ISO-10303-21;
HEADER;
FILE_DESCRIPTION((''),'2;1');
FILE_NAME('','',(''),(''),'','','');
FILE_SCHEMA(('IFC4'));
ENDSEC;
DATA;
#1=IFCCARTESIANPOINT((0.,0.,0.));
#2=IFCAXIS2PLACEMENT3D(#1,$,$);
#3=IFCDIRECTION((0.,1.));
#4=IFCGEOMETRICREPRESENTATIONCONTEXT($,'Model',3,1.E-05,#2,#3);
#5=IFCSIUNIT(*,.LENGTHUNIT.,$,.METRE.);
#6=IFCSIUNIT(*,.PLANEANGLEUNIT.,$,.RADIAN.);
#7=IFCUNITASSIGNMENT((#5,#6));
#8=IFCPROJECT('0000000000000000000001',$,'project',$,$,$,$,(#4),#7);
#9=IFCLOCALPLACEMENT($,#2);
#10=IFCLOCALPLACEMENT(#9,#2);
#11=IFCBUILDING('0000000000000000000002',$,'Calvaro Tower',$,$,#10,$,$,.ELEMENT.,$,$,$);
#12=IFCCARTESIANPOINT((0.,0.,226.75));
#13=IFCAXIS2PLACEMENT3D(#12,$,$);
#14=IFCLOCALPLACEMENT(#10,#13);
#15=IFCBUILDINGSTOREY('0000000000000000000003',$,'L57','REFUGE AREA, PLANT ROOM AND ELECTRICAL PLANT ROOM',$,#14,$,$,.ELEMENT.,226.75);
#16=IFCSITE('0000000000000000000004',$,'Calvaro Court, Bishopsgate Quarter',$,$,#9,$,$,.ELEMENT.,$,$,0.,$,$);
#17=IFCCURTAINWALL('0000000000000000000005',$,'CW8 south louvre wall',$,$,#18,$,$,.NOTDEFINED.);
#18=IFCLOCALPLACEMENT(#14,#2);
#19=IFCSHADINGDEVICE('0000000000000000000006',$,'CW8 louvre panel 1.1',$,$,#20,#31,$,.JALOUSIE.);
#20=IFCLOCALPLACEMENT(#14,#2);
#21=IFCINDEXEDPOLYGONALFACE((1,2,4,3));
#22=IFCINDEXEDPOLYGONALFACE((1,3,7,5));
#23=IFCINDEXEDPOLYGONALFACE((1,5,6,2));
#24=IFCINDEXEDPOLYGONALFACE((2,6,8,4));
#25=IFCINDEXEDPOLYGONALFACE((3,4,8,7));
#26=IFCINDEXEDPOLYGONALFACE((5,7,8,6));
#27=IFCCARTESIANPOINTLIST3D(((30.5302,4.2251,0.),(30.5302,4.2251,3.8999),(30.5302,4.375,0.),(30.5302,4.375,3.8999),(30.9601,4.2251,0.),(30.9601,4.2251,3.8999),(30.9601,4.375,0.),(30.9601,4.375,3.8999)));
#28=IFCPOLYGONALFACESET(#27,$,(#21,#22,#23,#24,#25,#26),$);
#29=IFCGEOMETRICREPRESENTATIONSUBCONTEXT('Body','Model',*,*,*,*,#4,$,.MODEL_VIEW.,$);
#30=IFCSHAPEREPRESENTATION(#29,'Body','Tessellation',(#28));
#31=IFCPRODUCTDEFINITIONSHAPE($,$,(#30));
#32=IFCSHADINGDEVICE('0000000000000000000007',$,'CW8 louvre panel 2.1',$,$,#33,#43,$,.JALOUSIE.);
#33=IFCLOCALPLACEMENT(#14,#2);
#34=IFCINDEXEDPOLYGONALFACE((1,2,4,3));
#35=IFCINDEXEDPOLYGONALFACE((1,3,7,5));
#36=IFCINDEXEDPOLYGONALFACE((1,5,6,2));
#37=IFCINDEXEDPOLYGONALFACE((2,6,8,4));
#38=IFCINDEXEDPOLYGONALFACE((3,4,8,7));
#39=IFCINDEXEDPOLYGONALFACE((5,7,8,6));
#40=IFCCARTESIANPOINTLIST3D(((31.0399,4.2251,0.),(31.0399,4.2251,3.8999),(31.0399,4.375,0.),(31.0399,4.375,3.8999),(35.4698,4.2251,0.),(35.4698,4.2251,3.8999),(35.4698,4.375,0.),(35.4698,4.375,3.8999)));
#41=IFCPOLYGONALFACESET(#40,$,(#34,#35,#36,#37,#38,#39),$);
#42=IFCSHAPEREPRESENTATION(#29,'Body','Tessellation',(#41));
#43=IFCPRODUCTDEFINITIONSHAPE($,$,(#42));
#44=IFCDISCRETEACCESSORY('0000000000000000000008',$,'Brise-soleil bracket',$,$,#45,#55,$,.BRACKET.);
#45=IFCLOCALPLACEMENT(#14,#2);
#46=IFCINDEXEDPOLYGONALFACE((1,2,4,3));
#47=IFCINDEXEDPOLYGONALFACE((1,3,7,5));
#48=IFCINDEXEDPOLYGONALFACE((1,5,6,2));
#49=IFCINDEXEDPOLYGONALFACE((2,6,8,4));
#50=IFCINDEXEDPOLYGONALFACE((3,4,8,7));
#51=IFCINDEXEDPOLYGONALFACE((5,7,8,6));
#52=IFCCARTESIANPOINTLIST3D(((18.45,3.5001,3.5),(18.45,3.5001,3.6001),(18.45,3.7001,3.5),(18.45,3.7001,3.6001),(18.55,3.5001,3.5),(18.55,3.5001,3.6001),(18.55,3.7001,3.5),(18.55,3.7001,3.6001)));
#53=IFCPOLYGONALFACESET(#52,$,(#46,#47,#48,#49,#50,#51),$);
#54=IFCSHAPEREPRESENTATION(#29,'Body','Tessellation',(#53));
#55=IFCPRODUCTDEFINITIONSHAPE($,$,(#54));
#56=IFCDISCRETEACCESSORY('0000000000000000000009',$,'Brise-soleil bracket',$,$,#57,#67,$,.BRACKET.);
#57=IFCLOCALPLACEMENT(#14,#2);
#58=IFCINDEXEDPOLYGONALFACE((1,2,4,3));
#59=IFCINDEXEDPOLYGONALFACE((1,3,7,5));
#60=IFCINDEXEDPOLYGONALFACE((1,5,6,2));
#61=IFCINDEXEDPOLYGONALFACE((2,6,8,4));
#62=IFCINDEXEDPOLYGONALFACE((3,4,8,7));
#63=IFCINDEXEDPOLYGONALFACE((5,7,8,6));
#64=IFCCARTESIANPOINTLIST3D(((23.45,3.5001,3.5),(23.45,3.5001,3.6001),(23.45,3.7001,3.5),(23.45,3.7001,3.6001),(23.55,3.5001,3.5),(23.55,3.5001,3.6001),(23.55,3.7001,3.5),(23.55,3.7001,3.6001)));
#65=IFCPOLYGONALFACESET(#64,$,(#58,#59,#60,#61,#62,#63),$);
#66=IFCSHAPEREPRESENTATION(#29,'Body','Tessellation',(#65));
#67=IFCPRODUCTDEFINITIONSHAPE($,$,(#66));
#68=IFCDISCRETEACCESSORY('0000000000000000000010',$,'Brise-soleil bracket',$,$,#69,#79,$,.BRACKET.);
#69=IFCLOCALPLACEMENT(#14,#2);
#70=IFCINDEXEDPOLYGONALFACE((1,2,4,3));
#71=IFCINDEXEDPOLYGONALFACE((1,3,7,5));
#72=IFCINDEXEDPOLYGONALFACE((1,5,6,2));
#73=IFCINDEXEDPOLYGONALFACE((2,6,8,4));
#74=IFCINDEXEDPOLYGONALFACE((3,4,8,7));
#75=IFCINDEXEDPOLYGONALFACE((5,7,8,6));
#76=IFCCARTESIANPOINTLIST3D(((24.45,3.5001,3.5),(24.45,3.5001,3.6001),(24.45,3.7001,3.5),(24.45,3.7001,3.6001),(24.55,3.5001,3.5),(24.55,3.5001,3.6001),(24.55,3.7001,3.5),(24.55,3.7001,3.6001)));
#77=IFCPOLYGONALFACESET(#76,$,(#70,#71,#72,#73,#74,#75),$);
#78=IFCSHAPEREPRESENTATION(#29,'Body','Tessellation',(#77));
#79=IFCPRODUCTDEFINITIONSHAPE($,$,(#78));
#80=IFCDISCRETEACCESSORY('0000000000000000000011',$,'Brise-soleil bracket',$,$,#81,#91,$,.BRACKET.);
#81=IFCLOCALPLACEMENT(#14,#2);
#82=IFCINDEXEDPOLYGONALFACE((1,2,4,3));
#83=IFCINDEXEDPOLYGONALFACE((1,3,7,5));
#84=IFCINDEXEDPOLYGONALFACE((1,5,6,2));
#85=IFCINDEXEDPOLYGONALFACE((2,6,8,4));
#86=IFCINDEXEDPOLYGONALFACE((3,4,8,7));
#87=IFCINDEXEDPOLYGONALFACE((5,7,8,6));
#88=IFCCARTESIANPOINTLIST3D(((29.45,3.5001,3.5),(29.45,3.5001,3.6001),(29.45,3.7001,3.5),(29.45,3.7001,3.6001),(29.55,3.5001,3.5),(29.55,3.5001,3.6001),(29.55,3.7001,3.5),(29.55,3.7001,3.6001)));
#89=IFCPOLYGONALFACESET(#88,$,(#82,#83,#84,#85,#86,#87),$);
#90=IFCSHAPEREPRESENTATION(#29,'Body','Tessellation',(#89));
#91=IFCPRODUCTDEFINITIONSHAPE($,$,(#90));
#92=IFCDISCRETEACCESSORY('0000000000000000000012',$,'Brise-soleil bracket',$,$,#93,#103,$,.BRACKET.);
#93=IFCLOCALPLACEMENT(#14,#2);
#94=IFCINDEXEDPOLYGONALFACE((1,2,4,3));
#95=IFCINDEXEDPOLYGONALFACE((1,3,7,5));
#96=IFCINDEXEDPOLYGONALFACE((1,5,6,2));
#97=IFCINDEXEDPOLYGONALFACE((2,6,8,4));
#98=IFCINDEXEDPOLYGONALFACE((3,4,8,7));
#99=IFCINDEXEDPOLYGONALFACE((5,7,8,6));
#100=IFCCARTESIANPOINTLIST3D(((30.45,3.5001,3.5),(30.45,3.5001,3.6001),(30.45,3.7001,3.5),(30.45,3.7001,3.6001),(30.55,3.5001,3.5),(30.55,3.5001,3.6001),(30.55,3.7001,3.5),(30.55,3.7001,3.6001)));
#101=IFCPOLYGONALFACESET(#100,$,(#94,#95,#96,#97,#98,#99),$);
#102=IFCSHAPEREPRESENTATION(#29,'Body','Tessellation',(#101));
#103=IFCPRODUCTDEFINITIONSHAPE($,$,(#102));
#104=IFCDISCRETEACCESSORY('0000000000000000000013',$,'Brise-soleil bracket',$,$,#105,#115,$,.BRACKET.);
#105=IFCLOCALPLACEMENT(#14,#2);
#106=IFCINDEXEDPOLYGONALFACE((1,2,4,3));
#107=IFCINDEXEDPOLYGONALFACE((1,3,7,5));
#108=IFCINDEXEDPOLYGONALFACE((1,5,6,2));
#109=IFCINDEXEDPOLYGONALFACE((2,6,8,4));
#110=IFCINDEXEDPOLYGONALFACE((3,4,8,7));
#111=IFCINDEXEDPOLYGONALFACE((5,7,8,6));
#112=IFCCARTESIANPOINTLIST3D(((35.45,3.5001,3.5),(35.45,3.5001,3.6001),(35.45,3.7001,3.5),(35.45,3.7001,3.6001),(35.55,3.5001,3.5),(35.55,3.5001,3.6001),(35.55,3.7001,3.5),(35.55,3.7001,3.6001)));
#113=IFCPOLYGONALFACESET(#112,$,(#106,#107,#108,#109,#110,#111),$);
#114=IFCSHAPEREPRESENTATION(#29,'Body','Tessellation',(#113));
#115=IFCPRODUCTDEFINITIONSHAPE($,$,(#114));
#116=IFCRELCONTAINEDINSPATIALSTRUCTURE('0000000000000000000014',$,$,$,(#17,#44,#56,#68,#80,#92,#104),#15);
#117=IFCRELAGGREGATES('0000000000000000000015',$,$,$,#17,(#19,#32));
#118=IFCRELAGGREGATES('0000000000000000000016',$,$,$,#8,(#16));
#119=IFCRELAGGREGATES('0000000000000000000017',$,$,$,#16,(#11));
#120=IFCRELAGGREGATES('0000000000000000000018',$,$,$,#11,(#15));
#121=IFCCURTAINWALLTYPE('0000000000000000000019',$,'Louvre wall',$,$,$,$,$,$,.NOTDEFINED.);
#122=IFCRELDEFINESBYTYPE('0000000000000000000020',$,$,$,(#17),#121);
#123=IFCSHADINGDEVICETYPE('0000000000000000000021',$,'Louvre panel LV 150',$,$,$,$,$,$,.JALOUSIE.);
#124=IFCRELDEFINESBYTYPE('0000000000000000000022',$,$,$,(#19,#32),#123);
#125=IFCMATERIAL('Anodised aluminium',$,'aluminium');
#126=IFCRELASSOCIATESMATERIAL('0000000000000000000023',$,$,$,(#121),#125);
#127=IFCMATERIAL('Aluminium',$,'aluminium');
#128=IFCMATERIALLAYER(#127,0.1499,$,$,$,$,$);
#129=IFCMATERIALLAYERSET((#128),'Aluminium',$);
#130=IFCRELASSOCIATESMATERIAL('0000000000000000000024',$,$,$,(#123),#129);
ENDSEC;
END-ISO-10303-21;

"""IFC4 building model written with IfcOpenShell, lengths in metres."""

from ifc_helpers import new_model, si_unit, direction, frame, origin, origin_2d, place, context, subcontext, project, spatial, rectangle, extrude, material, layer, layer_set, type_object, element, aggregate, save


model = new_model("IFC4")

# Units and contexts
model_context = context("Model", 3, precision=1e-05, world=origin(), true_north=direction((0.0, 1.0)))
body_context = subcontext(model_context, "Body", "Model", "MODEL_VIEW")
ifc_project = project(units=[si_unit("LENGTHUNIT", "METRE"), si_unit("PLANEANGLEUNIT", "RADIAN")], contexts=[model_context])

# Site, building, storey
site_placement = place(None, origin())
site = spatial("IfcSite", under=ifc_project, at=site_placement, Name="Calvaro Court, Bishopsgate Quarter", CompositionType="ELEMENT", RefElevation=0.0)
building_placement = place(site_placement, origin())
building = spatial("IfcBuilding", under=site, at=building_placement, Name="Calvaro Tower", CompositionType="ELEMENT")
storey_placement = place(building_placement, frame((0.0, 0.0, 226.75)))
storey = spatial("IfcBuildingStorey", under=building, at=storey_placement, Name="L57", Description="REFUGE AREA, PLANT ROOM AND ELECTRICAL PLANT ROOM", CompositionType="ELEMENT", Elevation=226.75)

# Curtain wall
ifc_material_1 = material(Name="Anodised aluminium", Category="aluminium")
curtain_wall_type = type_object("IfcCurtainWallType", Name="Louvre wall", PredefinedType="NOTDEFINED", material=ifc_material_1)
curtain_wall_1_placement = place(storey_placement, origin())
curtain_wall_1 = element("IfcCurtainWall", 1, at=curtain_wall_1_placement, inside=storey, type_object=curtain_wall_type, Name="CW8 south louvre wall", PredefinedType="NOTDEFINED")

# Shading devices
ifc_material_2 = material(Name="Aluminium", Category="aluminium")
ifc_layer = layer(ifc_material_2, 0.1499)
ifc_layer_set = layer_set([ifc_layer], Name="Aluminium")
shading_device_type_1 = type_object("IfcShadingDeviceType", Name="Louvre panel LV 150", PredefinedType="JALOUSIE", material=ifc_layer_set)
shading_device_1_placement = place(storey_placement, frame((30.7451, 4.3, 0.0), z_axis=(0.0, 0.0, 1.0), x_axis=(1.0, 0.0, 0.0)))
shading_device_1 = element("IfcShadingDevice", 2, at=shading_device_1_placement, type_object=shading_device_type_1, Name="CW8 louvre panel 1.1", PredefinedType="JALOUSIE", context=body_context, shape_type="SweptSolid", body=[
    extrude(rectangle(XDim=0.4299, YDim=0.1499, at=origin_2d()), origin(), (0.0, 0.0, 1.0), 3.8999),
])
shading_device_2_placement = place(storey_placement, frame((33.2549, 4.3, 0.0), z_axis=(0.0, 0.0, 1.0), x_axis=(1.0, 0.0, 0.0)))
shading_device_2 = element("IfcShadingDevice", 3, at=shading_device_2_placement, type_object=shading_device_type_1, Name="CW8 louvre panel 2.1", PredefinedType="JALOUSIE", context=body_context, shape_type="SweptSolid", body=[
    extrude(rectangle(XDim=4.4299, YDim=0.1499, at=origin_2d()), origin(), (0.0, 0.0, 1.0), 3.8999),
])
aggregate(curtain_wall_1, [shading_device_1, shading_device_2])

# Discrete accessories
for number, where, z_axis, x_axis, name in (
    (4, (18.5, 3.6001, 3.5), (0.0, 0.0, 1.0), (1.0, 0.0, 0.0), "Brise-soleil bracket"),
    (5, (23.5, 3.6001, 3.5), (0.0, 0.0, 1.0), (1.0, 0.0, 0.0), "Brise-soleil bracket"),
    (6, (24.5, 3.6001, 3.5), (0.0, 0.0, 1.0), (1.0, 0.0, 0.0), "Brise-soleil bracket"),
    (7, (29.5, 3.6001, 3.5), (0.0, 0.0, 1.0), (1.0, 0.0, 0.0), "Brise-soleil bracket"),
    (8, (30.5, 3.6001, 3.5), (0.0, 0.0, 1.0), (1.0, 0.0, 0.0), "Brise-soleil bracket"),
    (9, (35.5, 3.6001, 3.5), (0.0, 0.0, 1.0), (1.0, 0.0, 0.0), "Brise-soleil bracket"),
):
    element("IfcDiscreteAccessory", number, at=place(storey_placement, frame(where, z_axis=z_axis, x_axis=x_axis)), inside=storey, Name=name, PredefinedType="BRACKET", context=body_context, shape_type="SweptSolid", body=[
        extrude(rectangle(XDim=0.1001, YDim=0.2, at=origin_2d()), origin(), (0.0, 0.0, 1.0), 0.1001),
    ])

save(model, "model.ifc")
